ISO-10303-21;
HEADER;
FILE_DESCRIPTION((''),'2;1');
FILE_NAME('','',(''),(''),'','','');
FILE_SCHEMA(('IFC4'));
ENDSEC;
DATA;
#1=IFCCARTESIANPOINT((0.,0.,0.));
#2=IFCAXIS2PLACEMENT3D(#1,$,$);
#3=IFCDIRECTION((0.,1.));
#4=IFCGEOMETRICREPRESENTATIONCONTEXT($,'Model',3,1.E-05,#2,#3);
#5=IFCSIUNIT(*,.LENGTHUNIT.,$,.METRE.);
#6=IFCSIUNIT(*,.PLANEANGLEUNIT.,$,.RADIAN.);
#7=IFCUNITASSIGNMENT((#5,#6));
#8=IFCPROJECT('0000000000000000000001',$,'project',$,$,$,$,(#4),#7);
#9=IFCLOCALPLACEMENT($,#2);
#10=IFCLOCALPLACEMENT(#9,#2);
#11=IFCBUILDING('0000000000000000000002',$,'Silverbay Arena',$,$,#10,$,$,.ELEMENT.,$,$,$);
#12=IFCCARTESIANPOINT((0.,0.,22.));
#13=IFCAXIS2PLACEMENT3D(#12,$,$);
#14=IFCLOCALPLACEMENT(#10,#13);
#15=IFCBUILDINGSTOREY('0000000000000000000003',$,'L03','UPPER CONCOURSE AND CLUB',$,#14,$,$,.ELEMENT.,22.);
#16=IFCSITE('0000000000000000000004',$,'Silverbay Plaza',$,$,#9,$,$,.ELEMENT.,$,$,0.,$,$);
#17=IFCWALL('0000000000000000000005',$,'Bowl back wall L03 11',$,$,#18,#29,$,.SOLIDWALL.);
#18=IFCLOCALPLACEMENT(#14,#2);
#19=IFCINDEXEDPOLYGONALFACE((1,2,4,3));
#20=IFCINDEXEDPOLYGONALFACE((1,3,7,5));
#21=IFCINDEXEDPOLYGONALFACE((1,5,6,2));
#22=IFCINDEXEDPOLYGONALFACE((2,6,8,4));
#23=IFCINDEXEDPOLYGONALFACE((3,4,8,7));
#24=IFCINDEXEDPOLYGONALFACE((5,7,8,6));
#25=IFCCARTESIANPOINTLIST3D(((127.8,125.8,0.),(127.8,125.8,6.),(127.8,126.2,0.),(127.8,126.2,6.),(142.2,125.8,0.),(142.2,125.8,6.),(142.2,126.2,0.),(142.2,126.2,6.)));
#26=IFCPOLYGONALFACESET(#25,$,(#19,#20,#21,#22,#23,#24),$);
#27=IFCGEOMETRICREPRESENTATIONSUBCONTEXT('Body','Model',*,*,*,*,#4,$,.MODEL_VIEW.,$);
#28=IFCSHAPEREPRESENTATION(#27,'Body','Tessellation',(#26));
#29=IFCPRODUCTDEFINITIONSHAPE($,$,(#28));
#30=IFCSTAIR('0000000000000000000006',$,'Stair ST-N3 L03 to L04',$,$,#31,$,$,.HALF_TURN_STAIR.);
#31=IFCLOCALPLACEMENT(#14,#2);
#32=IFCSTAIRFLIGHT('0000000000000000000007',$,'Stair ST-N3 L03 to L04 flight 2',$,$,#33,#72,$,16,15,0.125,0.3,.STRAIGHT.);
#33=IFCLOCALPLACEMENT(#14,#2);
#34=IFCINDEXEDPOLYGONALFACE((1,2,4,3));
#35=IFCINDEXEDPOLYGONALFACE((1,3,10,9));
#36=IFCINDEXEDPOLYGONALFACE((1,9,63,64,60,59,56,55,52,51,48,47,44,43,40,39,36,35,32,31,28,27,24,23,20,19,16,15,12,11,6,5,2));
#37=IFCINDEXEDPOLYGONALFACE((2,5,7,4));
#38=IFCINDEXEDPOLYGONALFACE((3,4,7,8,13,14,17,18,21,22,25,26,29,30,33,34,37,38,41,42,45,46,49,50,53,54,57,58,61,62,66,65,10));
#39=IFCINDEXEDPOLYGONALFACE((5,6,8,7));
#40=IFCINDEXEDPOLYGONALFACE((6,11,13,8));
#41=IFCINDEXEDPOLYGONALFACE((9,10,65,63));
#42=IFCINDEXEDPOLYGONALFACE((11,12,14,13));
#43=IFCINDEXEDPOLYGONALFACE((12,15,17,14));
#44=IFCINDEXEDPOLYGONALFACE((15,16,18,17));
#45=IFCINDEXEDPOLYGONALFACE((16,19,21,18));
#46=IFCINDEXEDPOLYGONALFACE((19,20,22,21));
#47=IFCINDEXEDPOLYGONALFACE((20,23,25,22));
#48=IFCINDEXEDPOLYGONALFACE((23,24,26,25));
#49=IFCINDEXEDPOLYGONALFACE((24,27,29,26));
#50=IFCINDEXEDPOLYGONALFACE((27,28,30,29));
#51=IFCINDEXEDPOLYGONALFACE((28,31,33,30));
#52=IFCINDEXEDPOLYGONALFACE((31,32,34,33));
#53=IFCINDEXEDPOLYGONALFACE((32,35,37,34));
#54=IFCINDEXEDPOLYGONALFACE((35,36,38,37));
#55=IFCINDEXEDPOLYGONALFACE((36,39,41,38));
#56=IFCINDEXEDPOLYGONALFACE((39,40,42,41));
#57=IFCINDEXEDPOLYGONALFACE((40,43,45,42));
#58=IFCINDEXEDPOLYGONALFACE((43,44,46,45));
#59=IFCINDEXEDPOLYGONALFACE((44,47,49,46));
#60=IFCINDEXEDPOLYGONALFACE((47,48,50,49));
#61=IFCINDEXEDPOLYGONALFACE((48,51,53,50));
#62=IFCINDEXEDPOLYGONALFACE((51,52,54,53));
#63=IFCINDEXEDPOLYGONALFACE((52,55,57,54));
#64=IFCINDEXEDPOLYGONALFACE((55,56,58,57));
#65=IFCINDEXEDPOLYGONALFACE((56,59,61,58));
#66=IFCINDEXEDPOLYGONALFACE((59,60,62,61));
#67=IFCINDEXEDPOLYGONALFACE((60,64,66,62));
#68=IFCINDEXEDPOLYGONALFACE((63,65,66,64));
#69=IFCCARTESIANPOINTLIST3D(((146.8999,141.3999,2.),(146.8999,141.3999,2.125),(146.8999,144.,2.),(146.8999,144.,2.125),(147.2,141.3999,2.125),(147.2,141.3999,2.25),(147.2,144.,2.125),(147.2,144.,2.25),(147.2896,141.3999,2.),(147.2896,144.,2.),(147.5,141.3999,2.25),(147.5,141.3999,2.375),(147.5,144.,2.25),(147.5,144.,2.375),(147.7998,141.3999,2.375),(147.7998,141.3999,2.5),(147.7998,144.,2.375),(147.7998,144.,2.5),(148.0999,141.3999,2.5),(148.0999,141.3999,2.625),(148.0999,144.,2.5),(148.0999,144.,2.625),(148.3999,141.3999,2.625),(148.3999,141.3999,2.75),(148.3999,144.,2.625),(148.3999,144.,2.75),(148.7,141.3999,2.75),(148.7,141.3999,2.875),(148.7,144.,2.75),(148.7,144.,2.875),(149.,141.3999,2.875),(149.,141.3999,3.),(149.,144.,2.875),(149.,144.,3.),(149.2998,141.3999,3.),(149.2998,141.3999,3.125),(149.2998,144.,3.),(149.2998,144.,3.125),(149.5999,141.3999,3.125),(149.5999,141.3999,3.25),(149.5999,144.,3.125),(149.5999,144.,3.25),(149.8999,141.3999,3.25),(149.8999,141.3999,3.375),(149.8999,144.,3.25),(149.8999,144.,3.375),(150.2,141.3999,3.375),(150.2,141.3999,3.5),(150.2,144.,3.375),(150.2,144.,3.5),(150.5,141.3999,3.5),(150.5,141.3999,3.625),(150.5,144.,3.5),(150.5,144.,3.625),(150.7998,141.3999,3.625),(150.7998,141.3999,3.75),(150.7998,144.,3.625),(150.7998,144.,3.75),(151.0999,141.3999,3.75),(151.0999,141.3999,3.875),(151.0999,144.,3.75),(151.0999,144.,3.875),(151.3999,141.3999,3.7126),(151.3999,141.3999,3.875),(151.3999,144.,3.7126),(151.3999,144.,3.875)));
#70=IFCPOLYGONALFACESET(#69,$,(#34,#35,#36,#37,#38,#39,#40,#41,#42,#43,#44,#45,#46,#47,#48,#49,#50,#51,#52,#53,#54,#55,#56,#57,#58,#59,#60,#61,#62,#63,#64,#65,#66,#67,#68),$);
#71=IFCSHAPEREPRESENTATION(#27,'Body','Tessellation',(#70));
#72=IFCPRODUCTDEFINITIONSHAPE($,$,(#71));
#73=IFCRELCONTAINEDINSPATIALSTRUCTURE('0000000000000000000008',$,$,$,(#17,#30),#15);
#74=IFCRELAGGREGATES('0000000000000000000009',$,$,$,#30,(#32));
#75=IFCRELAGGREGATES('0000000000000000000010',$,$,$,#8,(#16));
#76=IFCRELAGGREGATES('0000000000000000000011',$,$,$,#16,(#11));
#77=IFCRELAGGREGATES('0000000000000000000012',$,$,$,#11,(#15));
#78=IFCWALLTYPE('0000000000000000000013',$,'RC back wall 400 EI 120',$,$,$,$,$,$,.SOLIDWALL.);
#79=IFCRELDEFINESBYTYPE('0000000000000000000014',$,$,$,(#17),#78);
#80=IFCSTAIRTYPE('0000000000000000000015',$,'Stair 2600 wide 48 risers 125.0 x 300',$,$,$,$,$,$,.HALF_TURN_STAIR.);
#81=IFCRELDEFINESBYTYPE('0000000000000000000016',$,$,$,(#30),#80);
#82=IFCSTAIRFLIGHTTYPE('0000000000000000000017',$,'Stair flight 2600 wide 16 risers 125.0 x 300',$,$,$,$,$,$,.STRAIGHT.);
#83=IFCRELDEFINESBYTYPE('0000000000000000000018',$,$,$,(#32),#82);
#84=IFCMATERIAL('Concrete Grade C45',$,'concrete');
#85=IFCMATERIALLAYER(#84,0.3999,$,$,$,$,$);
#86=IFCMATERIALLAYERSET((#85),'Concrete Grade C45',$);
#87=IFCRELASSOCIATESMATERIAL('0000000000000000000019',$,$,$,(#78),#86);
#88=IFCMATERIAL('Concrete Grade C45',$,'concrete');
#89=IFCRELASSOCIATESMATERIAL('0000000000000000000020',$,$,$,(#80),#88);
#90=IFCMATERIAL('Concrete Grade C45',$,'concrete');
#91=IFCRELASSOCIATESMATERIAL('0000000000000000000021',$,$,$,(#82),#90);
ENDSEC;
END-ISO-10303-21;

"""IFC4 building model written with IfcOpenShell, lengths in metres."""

from ifc_helpers import new_model, si_unit, direction, frame, frame_2d, origin, place, context, subcontext, project, spatial, polyline, rectangle, outline, extrude, material, layer, layer_set, type_object, element, aggregate, save


model = new_model("IFC4")

# Units and contexts
model_context = context("Model", 3, precision=1e-05, world=origin(), true_north=direction((0.0, 1.0)))
body_context = subcontext(model_context, "Body", "Model", "MODEL_VIEW")
ifc_project = project(units=[si_unit("LENGTHUNIT", "METRE"), si_unit("PLANEANGLEUNIT", "RADIAN")], contexts=[model_context])

# Site, building, storey
site_placement = place(None, origin())
site = spatial("IfcSite", under=ifc_project, at=site_placement, Name="Silverbay Plaza", CompositionType="ELEMENT", RefElevation=0.0)
building_placement = place(site_placement, origin())
building = spatial("IfcBuilding", under=site, at=building_placement, Name="Silverbay Arena", CompositionType="ELEMENT")
storey_placement = place(building_placement, frame((0.0, 0.0, 22.0)))
storey = spatial("IfcBuildingStorey", under=building, at=storey_placement, Name="L03", Description="UPPER CONCOURSE AND CLUB", CompositionType="ELEMENT", Elevation=22.0)

# Wall
ifc_material_1 = material(Name="Concrete Grade C45", Category="concrete")
ifc_layer_1 = layer(ifc_material_1, 0.3999)
ifc_layer_set_1 = layer_set([ifc_layer_1], Name="Concrete Grade C45")
wall_type_1 = type_object("IfcWallType", Name="RC back wall 400 EI 120", PredefinedType="SOLIDWALL", material=ifc_layer_set_1)
wall_1_placement = place(storey_placement, frame((142.2, 126.0, 0.0), z_axis=(0.0, 0.0, 1.0), x_axis=(-1.0, 0.0, 0.0)))
element("IfcWall", 1, at=wall_1_placement, inside=storey, type_object=wall_type_1, Name="Bowl back wall L03 11", PredefinedType="SOLIDWALL", context=body_context, shape_type="SweptSolid", body=[
    extrude(rectangle(XDim=14.3999, YDim=0.3999, at=frame_2d((7.2, 0.0))), origin(), (0.0, 0.0, 1.0), 6.0),
])

# Stair, stair flight
ifc_material_2 = material(Name="Concrete Grade C45", Category="concrete")
stair_type = type_object("IfcStairType", Name="Stair 2600 wide 48 risers 125.0 x 300", PredefinedType="HALF_TURN_STAIR", material=ifc_material_2)
stair_placement = place(storey_placement, origin())
stair = element("IfcStair", 2, at=stair_placement, inside=storey, type_object=stair_type, Name="Stair ST-N3 L03 to L04", PredefinedType="HALF_TURN_STAIR")
ifc_material_3 = material(Name="Concrete Grade C45", Category="concrete")
stair_flight_type = type_object("IfcStairFlightType", Name="Stair flight 2600 wide 16 risers 125.0 x 300", PredefinedType="STRAIGHT", material=ifc_material_3)
stair_flight_placement = place(storey_placement, frame((146.8999, 142.7, 2.0), z_axis=(0.0, 0.0, 1.0), x_axis=(1.0, 0.0, 0.0)))
stair_flight = element("IfcStairFlight", 3, at=stair_flight_placement, type_object=stair_flight_type, Name="Stair ST-N3 L03 to L04 flight 2", NumberOfRisers=16, NumberOfTreads=15, PredefinedType="STRAIGHT", RiserHeight=0.125, TreadLength=0.3, context=body_context, shape_type="SweptSolid", body=[
    extrude(outline(polyline([(0.0, 0.0), (0.0, 0.125), (0.3, 0.125), (0.3, 0.25), (0.6001, 0.25), (0.6001, 0.375), (0.8999, 0.375), (0.8999, 0.5), (1.2, 0.5), (1.2, 0.625), (1.5, 0.625), (1.5, 0.75), (1.8, 0.75), (1.8, 0.875), (2.1001, 0.875), (2.1001, 1.0), (2.3999, 1.0), (2.3999, 1.125), (2.7, 1.125), (2.7, 1.25), (3.0, 1.25), (3.0, 1.375), (3.3, 1.375), (3.3, 1.5), (3.6001, 1.5), (3.6001, 1.625), (3.8999, 1.625), (3.8999, 1.75), (4.2, 1.75), (4.2, 1.875), (4.5, 1.875), (4.5, 1.7126), (0.3896, 0.0), (0.0, 0.0)])), frame((0.0, 1.3, 0.0), z_axis=(0.0, -1.0, 0.0), x_axis=(1.0, 0.0, 0.0)), (0.0, 0.0, 1.0), 2.6001),
])
aggregate(stair, [stair_flight])

save(model, "model.ifc")
